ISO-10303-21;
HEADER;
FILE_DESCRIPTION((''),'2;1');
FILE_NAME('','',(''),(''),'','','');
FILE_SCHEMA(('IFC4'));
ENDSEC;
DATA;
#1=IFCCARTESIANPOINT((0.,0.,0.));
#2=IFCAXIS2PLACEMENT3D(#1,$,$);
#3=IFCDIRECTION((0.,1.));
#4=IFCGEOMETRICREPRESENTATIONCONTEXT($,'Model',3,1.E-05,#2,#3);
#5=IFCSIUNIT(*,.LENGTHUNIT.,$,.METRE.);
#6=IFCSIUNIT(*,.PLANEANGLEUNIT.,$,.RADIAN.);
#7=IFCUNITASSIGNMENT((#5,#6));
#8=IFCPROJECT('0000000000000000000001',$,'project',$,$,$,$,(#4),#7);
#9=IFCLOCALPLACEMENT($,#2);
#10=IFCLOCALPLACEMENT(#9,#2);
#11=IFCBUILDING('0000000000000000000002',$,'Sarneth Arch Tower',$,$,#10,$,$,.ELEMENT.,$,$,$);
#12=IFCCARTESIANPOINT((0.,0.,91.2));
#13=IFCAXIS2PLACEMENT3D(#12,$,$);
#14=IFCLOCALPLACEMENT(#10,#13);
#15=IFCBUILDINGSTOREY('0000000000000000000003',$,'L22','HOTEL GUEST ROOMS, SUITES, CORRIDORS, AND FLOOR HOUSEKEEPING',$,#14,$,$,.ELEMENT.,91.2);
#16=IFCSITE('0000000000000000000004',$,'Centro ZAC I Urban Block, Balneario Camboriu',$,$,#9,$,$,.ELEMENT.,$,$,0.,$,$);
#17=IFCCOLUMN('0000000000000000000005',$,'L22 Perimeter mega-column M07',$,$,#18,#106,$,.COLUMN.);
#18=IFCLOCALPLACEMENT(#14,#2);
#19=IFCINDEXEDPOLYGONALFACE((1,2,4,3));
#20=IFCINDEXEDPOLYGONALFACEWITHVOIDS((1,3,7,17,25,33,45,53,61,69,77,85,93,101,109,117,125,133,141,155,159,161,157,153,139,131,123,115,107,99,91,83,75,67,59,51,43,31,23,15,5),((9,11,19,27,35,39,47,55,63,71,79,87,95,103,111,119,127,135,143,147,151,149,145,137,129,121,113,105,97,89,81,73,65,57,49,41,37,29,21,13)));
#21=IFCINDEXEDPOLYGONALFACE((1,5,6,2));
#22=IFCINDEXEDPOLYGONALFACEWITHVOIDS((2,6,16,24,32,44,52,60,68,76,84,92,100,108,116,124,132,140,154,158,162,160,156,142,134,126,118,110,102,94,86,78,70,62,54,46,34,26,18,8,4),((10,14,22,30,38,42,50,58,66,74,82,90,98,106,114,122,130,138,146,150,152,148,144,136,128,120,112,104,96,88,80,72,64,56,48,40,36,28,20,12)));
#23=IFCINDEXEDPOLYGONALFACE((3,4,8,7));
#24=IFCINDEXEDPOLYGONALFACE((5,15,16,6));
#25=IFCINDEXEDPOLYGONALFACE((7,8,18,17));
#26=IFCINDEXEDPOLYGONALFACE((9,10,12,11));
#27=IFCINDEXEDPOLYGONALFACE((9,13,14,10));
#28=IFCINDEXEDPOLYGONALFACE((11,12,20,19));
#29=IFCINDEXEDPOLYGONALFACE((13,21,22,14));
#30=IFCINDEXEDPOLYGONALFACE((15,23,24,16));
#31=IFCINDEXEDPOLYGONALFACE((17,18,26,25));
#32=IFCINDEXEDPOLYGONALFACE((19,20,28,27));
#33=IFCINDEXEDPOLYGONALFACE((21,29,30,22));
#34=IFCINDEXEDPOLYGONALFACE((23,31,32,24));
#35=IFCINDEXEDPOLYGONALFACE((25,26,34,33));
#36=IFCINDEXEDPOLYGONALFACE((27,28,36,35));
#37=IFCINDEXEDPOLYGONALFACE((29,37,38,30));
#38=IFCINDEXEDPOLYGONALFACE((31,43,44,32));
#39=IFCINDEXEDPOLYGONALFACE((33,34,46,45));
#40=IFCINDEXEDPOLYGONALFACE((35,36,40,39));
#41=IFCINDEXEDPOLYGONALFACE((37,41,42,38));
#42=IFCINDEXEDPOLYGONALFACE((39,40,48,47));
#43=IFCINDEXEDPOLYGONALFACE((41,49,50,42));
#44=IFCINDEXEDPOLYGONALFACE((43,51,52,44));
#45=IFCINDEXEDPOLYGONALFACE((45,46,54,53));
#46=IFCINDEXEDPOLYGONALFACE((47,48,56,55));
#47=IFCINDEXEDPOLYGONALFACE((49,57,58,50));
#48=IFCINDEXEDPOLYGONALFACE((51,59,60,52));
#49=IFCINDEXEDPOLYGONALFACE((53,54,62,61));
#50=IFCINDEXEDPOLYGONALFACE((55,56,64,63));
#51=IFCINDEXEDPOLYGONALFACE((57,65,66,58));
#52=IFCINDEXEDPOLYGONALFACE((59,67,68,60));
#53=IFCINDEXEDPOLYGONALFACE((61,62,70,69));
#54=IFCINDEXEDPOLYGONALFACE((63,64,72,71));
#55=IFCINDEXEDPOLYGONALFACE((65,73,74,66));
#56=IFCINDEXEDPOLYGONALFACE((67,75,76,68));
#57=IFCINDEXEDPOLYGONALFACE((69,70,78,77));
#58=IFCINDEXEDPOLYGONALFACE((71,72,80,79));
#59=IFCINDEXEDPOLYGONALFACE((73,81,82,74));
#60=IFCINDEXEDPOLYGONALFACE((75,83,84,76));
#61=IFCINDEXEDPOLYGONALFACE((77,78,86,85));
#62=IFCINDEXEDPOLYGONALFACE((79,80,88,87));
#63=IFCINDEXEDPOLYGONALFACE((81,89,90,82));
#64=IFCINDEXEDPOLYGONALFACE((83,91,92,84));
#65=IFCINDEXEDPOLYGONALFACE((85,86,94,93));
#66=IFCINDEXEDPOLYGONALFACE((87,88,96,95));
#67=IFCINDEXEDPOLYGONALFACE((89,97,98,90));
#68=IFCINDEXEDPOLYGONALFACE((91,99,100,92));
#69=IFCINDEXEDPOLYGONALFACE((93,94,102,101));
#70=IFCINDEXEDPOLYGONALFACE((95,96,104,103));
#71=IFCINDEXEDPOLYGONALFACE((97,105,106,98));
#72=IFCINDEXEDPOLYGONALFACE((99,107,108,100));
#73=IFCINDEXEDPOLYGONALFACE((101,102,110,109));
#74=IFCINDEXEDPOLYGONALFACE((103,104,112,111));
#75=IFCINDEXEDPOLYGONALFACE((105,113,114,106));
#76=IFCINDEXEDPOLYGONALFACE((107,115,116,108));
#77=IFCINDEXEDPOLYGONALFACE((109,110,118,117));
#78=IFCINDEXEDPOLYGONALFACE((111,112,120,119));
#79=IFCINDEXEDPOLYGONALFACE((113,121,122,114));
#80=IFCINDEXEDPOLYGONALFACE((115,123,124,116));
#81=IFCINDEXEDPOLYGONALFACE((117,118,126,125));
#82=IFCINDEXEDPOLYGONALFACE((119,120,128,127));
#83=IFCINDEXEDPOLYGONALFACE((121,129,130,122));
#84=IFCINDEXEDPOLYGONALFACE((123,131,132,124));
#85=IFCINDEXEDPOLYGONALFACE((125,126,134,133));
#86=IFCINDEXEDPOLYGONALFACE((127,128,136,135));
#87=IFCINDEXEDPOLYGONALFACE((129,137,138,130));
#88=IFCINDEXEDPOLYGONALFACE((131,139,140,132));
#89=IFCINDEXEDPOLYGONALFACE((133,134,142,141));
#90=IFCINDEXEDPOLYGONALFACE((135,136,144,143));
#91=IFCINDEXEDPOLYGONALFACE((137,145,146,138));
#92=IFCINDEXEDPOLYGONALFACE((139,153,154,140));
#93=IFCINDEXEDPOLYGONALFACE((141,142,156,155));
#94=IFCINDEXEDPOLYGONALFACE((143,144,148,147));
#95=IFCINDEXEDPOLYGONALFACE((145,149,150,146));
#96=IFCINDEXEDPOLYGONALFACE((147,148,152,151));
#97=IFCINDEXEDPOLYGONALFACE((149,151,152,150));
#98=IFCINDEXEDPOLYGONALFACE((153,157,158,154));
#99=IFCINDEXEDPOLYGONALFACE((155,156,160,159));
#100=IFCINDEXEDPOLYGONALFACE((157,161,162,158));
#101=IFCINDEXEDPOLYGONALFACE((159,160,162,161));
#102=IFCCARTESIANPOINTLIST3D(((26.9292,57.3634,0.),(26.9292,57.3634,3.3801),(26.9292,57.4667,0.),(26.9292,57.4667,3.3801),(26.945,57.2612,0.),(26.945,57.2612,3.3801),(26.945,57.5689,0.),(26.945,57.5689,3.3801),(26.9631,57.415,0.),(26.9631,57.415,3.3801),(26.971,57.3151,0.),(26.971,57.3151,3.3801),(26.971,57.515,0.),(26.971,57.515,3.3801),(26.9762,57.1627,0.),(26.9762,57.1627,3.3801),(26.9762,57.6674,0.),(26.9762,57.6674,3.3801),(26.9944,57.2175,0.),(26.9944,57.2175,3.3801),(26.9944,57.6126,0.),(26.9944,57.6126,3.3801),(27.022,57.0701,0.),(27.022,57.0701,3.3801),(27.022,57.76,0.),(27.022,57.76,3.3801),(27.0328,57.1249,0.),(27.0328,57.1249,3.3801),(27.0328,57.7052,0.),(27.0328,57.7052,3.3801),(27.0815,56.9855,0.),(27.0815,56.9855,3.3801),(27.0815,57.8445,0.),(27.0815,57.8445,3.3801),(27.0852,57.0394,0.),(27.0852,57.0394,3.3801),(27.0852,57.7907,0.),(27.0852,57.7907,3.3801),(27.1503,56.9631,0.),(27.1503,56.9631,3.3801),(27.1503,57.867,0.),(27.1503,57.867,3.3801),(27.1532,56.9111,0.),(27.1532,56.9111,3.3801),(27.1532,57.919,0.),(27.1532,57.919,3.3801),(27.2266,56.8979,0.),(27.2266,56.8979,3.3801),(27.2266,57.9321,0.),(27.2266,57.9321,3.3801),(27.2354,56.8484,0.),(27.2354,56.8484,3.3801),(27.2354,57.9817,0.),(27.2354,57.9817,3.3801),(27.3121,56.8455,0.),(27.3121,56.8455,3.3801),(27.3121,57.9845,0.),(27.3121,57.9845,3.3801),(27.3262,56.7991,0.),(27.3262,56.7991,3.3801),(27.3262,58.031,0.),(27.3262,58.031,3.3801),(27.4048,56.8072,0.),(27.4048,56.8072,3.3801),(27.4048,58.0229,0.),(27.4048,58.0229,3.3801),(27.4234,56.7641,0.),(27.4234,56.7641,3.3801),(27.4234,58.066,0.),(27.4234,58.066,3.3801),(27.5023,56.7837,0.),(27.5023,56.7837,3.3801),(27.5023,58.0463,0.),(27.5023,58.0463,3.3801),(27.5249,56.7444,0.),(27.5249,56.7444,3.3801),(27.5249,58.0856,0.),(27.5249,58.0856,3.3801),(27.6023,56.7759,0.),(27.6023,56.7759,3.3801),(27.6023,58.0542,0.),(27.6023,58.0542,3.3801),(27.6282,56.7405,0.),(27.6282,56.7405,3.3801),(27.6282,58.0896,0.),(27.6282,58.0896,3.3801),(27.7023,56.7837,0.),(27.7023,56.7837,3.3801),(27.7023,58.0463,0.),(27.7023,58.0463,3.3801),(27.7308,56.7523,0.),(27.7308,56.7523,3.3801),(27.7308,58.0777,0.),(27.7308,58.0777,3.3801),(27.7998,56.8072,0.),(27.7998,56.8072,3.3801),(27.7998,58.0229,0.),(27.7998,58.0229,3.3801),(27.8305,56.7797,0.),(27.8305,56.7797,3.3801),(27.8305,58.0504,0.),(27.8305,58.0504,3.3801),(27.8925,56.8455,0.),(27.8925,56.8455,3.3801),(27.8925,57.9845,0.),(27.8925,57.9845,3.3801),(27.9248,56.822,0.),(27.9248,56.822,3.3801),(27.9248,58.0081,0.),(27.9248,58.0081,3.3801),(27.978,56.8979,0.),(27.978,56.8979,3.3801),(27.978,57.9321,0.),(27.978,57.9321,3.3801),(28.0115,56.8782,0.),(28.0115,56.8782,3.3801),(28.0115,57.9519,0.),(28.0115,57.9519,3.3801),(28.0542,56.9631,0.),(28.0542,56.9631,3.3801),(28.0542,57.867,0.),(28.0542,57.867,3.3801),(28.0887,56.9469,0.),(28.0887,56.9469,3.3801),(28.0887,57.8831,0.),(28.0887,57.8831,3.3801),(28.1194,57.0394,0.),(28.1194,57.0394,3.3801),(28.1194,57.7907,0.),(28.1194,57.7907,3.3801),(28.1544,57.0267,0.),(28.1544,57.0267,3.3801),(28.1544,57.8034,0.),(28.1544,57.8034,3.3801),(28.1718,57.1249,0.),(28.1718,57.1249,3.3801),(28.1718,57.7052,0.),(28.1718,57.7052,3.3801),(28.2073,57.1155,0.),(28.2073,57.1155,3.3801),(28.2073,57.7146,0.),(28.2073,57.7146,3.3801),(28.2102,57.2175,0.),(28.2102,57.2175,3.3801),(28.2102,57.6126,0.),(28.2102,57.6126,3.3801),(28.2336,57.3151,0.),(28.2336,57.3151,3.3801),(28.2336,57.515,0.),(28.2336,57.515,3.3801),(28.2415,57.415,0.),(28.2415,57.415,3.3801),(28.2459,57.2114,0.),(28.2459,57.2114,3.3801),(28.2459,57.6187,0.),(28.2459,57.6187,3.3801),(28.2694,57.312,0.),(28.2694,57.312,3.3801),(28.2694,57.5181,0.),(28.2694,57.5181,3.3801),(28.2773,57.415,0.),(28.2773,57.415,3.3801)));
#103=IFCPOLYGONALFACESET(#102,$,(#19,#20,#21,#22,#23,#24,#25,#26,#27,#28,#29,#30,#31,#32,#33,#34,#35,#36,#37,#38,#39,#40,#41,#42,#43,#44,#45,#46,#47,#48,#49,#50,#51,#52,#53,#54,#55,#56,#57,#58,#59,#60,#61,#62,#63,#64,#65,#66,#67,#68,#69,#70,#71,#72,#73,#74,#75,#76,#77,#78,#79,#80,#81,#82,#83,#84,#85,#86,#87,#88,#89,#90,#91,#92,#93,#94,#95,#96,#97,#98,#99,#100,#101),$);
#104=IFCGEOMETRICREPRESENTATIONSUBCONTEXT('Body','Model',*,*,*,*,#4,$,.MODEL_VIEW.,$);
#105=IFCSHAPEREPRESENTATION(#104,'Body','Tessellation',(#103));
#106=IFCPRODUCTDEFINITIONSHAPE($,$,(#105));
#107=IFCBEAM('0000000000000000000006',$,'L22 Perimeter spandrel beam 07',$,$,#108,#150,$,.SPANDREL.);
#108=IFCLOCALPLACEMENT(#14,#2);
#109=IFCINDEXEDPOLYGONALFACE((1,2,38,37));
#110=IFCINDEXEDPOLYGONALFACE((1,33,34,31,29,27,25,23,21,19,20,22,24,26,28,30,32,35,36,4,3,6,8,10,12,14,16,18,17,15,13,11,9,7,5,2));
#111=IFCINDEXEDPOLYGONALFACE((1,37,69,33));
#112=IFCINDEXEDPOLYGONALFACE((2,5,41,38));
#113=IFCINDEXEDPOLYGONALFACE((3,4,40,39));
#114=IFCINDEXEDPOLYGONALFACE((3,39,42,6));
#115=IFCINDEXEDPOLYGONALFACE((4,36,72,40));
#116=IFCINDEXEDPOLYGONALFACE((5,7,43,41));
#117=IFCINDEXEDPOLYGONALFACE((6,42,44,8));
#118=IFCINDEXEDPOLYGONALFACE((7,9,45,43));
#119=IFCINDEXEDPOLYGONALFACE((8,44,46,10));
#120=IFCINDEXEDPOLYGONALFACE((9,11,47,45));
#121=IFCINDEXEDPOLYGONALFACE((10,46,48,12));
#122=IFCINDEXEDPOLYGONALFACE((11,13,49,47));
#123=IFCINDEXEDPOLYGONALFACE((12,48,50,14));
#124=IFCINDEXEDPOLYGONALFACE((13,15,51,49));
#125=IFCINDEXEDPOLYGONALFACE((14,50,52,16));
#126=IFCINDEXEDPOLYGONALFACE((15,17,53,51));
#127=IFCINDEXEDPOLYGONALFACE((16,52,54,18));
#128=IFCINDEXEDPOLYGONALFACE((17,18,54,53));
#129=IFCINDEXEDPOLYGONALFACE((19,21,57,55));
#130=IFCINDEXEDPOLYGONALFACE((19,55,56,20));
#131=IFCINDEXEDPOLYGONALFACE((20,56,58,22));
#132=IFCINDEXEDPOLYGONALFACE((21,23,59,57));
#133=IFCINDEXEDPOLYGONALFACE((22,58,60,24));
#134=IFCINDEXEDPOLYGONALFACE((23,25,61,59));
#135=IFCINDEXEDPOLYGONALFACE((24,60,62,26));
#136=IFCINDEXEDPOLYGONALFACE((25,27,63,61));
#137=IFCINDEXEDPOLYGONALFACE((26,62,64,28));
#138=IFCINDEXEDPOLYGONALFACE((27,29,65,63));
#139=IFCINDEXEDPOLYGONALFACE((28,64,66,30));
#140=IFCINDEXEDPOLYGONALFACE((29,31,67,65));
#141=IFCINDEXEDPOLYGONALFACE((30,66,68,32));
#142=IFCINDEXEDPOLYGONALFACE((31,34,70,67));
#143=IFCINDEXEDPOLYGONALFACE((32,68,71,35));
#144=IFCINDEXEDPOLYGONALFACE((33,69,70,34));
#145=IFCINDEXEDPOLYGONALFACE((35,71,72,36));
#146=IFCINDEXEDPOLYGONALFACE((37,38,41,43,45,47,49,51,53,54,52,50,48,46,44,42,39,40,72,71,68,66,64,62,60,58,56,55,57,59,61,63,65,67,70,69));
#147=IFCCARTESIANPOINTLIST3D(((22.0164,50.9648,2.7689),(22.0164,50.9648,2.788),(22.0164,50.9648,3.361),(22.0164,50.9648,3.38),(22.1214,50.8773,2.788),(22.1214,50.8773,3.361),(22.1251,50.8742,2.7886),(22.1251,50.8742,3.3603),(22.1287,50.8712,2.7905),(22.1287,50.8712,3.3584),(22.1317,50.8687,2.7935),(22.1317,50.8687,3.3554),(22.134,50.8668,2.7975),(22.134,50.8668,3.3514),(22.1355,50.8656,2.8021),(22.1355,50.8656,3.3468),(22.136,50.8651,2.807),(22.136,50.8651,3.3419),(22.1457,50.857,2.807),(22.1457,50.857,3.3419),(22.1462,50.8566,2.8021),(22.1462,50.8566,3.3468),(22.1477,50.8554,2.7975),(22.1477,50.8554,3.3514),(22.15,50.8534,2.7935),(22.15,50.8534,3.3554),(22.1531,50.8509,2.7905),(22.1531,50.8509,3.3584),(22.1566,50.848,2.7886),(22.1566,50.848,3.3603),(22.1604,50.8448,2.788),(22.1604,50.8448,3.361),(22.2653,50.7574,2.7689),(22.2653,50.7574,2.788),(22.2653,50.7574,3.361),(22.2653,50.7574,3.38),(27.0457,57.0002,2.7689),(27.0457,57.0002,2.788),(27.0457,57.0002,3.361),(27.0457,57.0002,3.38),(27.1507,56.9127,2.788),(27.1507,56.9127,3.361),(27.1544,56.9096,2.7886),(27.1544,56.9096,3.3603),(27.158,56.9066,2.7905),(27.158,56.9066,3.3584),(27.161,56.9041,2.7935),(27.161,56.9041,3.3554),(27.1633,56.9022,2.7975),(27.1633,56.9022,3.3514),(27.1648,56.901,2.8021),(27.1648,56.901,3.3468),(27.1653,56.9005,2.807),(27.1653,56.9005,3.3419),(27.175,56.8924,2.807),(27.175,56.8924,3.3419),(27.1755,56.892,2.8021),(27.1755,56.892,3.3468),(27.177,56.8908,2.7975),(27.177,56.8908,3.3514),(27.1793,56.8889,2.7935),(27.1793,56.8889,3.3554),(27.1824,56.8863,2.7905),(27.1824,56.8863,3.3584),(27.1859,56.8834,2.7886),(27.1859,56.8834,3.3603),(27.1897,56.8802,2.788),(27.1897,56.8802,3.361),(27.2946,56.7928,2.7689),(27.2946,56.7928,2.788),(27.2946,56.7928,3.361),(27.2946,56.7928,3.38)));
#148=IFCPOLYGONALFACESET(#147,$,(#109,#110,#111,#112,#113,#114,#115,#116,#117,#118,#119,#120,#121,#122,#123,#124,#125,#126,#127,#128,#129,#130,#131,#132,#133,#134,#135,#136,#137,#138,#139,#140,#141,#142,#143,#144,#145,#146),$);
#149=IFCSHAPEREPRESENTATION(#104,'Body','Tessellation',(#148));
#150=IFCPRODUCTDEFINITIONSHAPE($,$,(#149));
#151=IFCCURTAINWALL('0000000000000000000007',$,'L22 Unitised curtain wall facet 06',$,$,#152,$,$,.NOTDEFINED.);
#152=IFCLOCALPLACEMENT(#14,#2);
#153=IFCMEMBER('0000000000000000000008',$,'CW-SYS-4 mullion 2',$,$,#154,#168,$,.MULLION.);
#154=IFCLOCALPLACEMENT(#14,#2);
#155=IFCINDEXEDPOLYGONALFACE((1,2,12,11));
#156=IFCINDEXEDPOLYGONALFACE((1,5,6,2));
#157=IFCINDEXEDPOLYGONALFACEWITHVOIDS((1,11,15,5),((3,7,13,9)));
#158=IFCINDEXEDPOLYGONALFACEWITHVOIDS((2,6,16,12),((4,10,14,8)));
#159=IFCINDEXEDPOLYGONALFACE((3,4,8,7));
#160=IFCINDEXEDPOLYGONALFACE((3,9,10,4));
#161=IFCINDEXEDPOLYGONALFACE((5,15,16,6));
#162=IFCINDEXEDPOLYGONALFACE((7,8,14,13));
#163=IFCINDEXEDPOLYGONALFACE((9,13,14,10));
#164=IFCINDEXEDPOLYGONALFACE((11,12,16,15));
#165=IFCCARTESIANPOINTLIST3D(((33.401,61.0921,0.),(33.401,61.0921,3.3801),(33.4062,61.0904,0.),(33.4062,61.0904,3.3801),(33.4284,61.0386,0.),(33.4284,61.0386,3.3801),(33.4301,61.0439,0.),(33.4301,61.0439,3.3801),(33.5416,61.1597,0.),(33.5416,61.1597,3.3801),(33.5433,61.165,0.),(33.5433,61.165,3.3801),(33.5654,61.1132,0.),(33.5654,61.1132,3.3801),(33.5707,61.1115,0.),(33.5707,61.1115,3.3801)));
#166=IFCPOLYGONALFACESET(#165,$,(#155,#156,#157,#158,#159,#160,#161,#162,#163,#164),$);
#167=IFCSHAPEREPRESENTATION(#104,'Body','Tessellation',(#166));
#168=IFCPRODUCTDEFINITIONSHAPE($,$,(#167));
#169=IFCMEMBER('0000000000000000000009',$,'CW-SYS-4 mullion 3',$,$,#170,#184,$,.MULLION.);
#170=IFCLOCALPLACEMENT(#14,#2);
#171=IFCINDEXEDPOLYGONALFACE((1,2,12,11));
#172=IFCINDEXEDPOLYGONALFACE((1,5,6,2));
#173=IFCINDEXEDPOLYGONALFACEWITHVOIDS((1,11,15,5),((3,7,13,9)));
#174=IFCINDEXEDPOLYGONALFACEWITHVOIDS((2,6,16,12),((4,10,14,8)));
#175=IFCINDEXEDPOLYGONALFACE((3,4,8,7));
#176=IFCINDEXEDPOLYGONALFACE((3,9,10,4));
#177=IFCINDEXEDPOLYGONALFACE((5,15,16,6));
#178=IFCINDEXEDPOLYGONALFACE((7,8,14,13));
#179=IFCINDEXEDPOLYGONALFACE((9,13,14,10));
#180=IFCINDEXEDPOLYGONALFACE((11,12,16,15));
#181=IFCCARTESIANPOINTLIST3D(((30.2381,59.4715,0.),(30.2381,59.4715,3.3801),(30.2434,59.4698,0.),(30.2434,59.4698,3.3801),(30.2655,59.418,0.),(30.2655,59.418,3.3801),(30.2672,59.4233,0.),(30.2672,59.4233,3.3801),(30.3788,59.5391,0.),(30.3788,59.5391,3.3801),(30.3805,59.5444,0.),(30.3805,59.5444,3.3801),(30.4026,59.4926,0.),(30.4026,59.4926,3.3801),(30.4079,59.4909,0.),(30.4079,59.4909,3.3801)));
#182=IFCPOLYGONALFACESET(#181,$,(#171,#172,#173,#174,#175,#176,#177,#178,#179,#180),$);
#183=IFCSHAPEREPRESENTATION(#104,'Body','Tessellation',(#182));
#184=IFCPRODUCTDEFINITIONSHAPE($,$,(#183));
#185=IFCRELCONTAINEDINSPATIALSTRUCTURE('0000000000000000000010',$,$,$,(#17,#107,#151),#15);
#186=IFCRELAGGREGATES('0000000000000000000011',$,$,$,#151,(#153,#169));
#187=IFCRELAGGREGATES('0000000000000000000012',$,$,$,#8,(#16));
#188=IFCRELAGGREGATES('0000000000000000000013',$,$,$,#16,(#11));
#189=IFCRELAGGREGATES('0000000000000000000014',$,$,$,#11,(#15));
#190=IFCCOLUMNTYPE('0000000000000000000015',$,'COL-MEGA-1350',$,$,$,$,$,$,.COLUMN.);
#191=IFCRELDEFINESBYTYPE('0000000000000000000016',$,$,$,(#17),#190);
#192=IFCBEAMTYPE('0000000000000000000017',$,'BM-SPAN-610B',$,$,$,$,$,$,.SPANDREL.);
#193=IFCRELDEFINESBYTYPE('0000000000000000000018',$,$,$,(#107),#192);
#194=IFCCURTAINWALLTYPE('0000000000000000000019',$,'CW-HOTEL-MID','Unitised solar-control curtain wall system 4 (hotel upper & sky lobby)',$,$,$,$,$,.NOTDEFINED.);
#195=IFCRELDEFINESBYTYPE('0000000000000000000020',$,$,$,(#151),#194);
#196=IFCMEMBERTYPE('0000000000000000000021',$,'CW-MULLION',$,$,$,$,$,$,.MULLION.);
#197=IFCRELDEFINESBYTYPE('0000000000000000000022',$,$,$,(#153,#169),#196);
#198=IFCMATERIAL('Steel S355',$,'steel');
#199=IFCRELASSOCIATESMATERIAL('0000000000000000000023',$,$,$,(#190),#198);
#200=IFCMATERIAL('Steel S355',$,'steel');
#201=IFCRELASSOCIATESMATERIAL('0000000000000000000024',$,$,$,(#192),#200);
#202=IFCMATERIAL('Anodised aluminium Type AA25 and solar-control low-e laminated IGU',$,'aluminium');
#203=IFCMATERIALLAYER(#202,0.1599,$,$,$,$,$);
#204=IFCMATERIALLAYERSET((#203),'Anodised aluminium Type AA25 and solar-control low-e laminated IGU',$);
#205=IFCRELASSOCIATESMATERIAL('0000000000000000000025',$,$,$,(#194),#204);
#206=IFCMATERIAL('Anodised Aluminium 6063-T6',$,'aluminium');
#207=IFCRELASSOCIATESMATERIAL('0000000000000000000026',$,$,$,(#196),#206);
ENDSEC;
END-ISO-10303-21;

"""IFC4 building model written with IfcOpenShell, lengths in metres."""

from ifc_helpers import new_model, si_unit, direction, frame, origin, origin_2d, place, context, subcontext, project, spatial, hollow_rectangle, hollow_circle, i_section, extrude, material, layer, layer_set, material_profile, profile_set, type_object, element, aggregate, save


model = new_model("IFC4")

# Units and contexts
model_context = context("Model", 3, precision=1e-05, world=origin(), true_north=direction((0.0, 1.0)))
body_context = subcontext(model_context, "Body", "Model", "MODEL_VIEW")
ifc_project = project(units=[si_unit("LENGTHUNIT", "METRE"), si_unit("PLANEANGLEUNIT", "RADIAN")], contexts=[model_context])

# Site, building, storey
site_placement = place(None, origin())
site = spatial("IfcSite", under=ifc_project, at=site_placement, Name="Centro ZAC I Urban Block, Balneario Camboriu", CompositionType="ELEMENT", RefElevation=0.0)
building_placement = place(site_placement, origin())
building = spatial("IfcBuilding", under=site, at=building_placement, Name="Sarneth Arch Tower", CompositionType="ELEMENT")
storey_placement = place(building_placement, frame((0.0, 0.0, 91.2)))
storey = spatial("IfcBuildingStorey", under=building, at=storey_placement, Name="L22", Description="HOTEL GUEST ROOMS, SUITES, CORRIDORS, AND FLOOR HOUSEKEEPING", CompositionType="ELEMENT", Elevation=91.2)

# Column
ifc_material_1 = material(Name="Steel S355", Category="steel")
ifc_material_profile_1 = material_profile(ifc_material_1, hollow_circle(Radius=0.675, WallThickness=0.0359, at=origin_2d()), Name="CHS1350x36")
ifc_profile_set_1 = profile_set([ifc_material_profile_1], Name="Steel S355")
column_type = type_object("IfcColumnType", Name="COL-MEGA-1350", PredefinedType="COLUMN", material=ifc_profile_set_1)
column_placement = place(storey_placement, frame((27.6023, 57.415, 0.0), z_axis=(0.0, 0.0, 1.0), x_axis=(1.0, 0.0, 0.0)))
element("IfcColumn", 1, at=column_placement, inside=storey, type_object=column_type, Name="L22 Perimeter mega-column M07", PredefinedType="COLUMN", context=body_context, shape_type="SweptSolid", body=[
    extrude(hollow_circle(Radius=0.675, WallThickness=0.0359, at=origin_2d()), origin(), (0.0, 0.0, 1.0), 3.3801),
])

# Beam
ifc_material_2 = material(Name="Steel S355", Category="steel")
ifc_material_profile_2 = material_profile(ifc_material_2, i_section(OverallWidth=0.324, OverallDepth=0.6111, WebThickness=0.0127, FlangeThickness=0.019, FilletRadius=0.019, at=origin_2d()), Name="W610x155")
ifc_profile_set_2 = profile_set([ifc_material_profile_2], Name="Steel S355")
beam_type = type_object("IfcBeamType", Name="BM-SPAN-610B", PredefinedType="SPANDREL", material=ifc_profile_set_2)
beam_placement = place(storey_placement, frame((27.1702, 56.8965, 3.0745), z_axis=(-0.640169, -0.768234, 0.0), x_axis=(0.768234, -0.640169, 0.0)))
element("IfcBeam", 2, at=beam_placement, inside=storey, type_object=beam_type, Name="L22 Perimeter spandrel beam 07", PredefinedType="SPANDREL", context=body_context, shape_type="SweptSolid", body=[
    extrude(i_section(OverallWidth=0.324, OverallDepth=0.6111, WebThickness=0.0127, FlangeThickness=0.019, FilletRadius=0.019, at=origin_2d()), origin(), (0.0, 0.0, 1.0), 7.8562),
])

# Curtain wall, members
ifc_material_3 = material(Name="Anodised aluminium Type AA25 and solar-control low-e laminated IGU", Category="aluminium")
ifc_layer_1 = layer(ifc_material_3, 0.1599)
ifc_layer_set_1 = layer_set([ifc_layer_1], Name="Anodised aluminium Type AA25 and solar-control low-e laminated IGU")
curtain_wall_type = type_object("IfcCurtainWallType", Name="CW-HOTEL-MID", Description="Unitised solar-control curtain wall system 4 (hotel upper & sky lobby)", PredefinedType="NOTDEFINED", material=ifc_layer_set_1)
curtain_wall_placement = place(storey_placement, origin())
curtain_wall = element("IfcCurtainWall", 3, at=curtain_wall_placement, inside=storey, type_object=curtain_wall_type, Name="L22 Unitised curtain wall facet 06", PredefinedType="NOTDEFINED")
ifc_material_4 = material(Name="Anodised Aluminium 6063-T6", Category="aluminium")
ifc_material_profile_3 = material_profile(ifc_material_4, hollow_rectangle(XDim=0.0601, YDim=0.1599, WallThickness=0.0039, at=origin_2d()), Name="AL-MULL-160x60x4")
ifc_profile_set_3 = profile_set([ifc_material_profile_3], Name="Anodised Aluminium 6063-T6")
member_type_1 = type_object("IfcMemberType", Name="CW-MULLION", PredefinedType="MULLION", material=ifc_profile_set_3)
member_1_placement = place(storey_placement, frame((33.4858, 61.1018, 0.0), z_axis=(0.0, 0.0, 1.0), x_axis=(0.456031, -0.889964, 0.0)))
member_1 = element("IfcMember", 4, at=member_1_placement, type_object=member_type_1, Name="CW-SYS-4 mullion 2", PredefinedType="MULLION", context=body_context, shape_type="SweptSolid", body=[
    extrude(hollow_rectangle(XDim=0.0601, YDim=0.1599, WallThickness=0.0039, at=origin_2d()), origin(), (0.0, 0.0, 1.0), 3.3801),
])
member_2_placement = place(storey_placement, frame((30.323, 59.4812, 0.0), z_axis=(0.0, 0.0, 1.0), x_axis=(0.456031, -0.889964, 0.0)))
member_2 = element("IfcMember", 5, at=member_2_placement, type_object=member_type_1, Name="CW-SYS-4 mullion 3", PredefinedType="MULLION", context=body_context, shape_type="SweptSolid", body=[
    extrude(hollow_rectangle(XDim=0.0601, YDim=0.1599, WallThickness=0.0039, at=origin_2d()), origin(), (0.0, 0.0, 1.0), 3.3801),
])

aggregate(curtain_wall, [member_1, member_2])

save(model, "model.ifc")
